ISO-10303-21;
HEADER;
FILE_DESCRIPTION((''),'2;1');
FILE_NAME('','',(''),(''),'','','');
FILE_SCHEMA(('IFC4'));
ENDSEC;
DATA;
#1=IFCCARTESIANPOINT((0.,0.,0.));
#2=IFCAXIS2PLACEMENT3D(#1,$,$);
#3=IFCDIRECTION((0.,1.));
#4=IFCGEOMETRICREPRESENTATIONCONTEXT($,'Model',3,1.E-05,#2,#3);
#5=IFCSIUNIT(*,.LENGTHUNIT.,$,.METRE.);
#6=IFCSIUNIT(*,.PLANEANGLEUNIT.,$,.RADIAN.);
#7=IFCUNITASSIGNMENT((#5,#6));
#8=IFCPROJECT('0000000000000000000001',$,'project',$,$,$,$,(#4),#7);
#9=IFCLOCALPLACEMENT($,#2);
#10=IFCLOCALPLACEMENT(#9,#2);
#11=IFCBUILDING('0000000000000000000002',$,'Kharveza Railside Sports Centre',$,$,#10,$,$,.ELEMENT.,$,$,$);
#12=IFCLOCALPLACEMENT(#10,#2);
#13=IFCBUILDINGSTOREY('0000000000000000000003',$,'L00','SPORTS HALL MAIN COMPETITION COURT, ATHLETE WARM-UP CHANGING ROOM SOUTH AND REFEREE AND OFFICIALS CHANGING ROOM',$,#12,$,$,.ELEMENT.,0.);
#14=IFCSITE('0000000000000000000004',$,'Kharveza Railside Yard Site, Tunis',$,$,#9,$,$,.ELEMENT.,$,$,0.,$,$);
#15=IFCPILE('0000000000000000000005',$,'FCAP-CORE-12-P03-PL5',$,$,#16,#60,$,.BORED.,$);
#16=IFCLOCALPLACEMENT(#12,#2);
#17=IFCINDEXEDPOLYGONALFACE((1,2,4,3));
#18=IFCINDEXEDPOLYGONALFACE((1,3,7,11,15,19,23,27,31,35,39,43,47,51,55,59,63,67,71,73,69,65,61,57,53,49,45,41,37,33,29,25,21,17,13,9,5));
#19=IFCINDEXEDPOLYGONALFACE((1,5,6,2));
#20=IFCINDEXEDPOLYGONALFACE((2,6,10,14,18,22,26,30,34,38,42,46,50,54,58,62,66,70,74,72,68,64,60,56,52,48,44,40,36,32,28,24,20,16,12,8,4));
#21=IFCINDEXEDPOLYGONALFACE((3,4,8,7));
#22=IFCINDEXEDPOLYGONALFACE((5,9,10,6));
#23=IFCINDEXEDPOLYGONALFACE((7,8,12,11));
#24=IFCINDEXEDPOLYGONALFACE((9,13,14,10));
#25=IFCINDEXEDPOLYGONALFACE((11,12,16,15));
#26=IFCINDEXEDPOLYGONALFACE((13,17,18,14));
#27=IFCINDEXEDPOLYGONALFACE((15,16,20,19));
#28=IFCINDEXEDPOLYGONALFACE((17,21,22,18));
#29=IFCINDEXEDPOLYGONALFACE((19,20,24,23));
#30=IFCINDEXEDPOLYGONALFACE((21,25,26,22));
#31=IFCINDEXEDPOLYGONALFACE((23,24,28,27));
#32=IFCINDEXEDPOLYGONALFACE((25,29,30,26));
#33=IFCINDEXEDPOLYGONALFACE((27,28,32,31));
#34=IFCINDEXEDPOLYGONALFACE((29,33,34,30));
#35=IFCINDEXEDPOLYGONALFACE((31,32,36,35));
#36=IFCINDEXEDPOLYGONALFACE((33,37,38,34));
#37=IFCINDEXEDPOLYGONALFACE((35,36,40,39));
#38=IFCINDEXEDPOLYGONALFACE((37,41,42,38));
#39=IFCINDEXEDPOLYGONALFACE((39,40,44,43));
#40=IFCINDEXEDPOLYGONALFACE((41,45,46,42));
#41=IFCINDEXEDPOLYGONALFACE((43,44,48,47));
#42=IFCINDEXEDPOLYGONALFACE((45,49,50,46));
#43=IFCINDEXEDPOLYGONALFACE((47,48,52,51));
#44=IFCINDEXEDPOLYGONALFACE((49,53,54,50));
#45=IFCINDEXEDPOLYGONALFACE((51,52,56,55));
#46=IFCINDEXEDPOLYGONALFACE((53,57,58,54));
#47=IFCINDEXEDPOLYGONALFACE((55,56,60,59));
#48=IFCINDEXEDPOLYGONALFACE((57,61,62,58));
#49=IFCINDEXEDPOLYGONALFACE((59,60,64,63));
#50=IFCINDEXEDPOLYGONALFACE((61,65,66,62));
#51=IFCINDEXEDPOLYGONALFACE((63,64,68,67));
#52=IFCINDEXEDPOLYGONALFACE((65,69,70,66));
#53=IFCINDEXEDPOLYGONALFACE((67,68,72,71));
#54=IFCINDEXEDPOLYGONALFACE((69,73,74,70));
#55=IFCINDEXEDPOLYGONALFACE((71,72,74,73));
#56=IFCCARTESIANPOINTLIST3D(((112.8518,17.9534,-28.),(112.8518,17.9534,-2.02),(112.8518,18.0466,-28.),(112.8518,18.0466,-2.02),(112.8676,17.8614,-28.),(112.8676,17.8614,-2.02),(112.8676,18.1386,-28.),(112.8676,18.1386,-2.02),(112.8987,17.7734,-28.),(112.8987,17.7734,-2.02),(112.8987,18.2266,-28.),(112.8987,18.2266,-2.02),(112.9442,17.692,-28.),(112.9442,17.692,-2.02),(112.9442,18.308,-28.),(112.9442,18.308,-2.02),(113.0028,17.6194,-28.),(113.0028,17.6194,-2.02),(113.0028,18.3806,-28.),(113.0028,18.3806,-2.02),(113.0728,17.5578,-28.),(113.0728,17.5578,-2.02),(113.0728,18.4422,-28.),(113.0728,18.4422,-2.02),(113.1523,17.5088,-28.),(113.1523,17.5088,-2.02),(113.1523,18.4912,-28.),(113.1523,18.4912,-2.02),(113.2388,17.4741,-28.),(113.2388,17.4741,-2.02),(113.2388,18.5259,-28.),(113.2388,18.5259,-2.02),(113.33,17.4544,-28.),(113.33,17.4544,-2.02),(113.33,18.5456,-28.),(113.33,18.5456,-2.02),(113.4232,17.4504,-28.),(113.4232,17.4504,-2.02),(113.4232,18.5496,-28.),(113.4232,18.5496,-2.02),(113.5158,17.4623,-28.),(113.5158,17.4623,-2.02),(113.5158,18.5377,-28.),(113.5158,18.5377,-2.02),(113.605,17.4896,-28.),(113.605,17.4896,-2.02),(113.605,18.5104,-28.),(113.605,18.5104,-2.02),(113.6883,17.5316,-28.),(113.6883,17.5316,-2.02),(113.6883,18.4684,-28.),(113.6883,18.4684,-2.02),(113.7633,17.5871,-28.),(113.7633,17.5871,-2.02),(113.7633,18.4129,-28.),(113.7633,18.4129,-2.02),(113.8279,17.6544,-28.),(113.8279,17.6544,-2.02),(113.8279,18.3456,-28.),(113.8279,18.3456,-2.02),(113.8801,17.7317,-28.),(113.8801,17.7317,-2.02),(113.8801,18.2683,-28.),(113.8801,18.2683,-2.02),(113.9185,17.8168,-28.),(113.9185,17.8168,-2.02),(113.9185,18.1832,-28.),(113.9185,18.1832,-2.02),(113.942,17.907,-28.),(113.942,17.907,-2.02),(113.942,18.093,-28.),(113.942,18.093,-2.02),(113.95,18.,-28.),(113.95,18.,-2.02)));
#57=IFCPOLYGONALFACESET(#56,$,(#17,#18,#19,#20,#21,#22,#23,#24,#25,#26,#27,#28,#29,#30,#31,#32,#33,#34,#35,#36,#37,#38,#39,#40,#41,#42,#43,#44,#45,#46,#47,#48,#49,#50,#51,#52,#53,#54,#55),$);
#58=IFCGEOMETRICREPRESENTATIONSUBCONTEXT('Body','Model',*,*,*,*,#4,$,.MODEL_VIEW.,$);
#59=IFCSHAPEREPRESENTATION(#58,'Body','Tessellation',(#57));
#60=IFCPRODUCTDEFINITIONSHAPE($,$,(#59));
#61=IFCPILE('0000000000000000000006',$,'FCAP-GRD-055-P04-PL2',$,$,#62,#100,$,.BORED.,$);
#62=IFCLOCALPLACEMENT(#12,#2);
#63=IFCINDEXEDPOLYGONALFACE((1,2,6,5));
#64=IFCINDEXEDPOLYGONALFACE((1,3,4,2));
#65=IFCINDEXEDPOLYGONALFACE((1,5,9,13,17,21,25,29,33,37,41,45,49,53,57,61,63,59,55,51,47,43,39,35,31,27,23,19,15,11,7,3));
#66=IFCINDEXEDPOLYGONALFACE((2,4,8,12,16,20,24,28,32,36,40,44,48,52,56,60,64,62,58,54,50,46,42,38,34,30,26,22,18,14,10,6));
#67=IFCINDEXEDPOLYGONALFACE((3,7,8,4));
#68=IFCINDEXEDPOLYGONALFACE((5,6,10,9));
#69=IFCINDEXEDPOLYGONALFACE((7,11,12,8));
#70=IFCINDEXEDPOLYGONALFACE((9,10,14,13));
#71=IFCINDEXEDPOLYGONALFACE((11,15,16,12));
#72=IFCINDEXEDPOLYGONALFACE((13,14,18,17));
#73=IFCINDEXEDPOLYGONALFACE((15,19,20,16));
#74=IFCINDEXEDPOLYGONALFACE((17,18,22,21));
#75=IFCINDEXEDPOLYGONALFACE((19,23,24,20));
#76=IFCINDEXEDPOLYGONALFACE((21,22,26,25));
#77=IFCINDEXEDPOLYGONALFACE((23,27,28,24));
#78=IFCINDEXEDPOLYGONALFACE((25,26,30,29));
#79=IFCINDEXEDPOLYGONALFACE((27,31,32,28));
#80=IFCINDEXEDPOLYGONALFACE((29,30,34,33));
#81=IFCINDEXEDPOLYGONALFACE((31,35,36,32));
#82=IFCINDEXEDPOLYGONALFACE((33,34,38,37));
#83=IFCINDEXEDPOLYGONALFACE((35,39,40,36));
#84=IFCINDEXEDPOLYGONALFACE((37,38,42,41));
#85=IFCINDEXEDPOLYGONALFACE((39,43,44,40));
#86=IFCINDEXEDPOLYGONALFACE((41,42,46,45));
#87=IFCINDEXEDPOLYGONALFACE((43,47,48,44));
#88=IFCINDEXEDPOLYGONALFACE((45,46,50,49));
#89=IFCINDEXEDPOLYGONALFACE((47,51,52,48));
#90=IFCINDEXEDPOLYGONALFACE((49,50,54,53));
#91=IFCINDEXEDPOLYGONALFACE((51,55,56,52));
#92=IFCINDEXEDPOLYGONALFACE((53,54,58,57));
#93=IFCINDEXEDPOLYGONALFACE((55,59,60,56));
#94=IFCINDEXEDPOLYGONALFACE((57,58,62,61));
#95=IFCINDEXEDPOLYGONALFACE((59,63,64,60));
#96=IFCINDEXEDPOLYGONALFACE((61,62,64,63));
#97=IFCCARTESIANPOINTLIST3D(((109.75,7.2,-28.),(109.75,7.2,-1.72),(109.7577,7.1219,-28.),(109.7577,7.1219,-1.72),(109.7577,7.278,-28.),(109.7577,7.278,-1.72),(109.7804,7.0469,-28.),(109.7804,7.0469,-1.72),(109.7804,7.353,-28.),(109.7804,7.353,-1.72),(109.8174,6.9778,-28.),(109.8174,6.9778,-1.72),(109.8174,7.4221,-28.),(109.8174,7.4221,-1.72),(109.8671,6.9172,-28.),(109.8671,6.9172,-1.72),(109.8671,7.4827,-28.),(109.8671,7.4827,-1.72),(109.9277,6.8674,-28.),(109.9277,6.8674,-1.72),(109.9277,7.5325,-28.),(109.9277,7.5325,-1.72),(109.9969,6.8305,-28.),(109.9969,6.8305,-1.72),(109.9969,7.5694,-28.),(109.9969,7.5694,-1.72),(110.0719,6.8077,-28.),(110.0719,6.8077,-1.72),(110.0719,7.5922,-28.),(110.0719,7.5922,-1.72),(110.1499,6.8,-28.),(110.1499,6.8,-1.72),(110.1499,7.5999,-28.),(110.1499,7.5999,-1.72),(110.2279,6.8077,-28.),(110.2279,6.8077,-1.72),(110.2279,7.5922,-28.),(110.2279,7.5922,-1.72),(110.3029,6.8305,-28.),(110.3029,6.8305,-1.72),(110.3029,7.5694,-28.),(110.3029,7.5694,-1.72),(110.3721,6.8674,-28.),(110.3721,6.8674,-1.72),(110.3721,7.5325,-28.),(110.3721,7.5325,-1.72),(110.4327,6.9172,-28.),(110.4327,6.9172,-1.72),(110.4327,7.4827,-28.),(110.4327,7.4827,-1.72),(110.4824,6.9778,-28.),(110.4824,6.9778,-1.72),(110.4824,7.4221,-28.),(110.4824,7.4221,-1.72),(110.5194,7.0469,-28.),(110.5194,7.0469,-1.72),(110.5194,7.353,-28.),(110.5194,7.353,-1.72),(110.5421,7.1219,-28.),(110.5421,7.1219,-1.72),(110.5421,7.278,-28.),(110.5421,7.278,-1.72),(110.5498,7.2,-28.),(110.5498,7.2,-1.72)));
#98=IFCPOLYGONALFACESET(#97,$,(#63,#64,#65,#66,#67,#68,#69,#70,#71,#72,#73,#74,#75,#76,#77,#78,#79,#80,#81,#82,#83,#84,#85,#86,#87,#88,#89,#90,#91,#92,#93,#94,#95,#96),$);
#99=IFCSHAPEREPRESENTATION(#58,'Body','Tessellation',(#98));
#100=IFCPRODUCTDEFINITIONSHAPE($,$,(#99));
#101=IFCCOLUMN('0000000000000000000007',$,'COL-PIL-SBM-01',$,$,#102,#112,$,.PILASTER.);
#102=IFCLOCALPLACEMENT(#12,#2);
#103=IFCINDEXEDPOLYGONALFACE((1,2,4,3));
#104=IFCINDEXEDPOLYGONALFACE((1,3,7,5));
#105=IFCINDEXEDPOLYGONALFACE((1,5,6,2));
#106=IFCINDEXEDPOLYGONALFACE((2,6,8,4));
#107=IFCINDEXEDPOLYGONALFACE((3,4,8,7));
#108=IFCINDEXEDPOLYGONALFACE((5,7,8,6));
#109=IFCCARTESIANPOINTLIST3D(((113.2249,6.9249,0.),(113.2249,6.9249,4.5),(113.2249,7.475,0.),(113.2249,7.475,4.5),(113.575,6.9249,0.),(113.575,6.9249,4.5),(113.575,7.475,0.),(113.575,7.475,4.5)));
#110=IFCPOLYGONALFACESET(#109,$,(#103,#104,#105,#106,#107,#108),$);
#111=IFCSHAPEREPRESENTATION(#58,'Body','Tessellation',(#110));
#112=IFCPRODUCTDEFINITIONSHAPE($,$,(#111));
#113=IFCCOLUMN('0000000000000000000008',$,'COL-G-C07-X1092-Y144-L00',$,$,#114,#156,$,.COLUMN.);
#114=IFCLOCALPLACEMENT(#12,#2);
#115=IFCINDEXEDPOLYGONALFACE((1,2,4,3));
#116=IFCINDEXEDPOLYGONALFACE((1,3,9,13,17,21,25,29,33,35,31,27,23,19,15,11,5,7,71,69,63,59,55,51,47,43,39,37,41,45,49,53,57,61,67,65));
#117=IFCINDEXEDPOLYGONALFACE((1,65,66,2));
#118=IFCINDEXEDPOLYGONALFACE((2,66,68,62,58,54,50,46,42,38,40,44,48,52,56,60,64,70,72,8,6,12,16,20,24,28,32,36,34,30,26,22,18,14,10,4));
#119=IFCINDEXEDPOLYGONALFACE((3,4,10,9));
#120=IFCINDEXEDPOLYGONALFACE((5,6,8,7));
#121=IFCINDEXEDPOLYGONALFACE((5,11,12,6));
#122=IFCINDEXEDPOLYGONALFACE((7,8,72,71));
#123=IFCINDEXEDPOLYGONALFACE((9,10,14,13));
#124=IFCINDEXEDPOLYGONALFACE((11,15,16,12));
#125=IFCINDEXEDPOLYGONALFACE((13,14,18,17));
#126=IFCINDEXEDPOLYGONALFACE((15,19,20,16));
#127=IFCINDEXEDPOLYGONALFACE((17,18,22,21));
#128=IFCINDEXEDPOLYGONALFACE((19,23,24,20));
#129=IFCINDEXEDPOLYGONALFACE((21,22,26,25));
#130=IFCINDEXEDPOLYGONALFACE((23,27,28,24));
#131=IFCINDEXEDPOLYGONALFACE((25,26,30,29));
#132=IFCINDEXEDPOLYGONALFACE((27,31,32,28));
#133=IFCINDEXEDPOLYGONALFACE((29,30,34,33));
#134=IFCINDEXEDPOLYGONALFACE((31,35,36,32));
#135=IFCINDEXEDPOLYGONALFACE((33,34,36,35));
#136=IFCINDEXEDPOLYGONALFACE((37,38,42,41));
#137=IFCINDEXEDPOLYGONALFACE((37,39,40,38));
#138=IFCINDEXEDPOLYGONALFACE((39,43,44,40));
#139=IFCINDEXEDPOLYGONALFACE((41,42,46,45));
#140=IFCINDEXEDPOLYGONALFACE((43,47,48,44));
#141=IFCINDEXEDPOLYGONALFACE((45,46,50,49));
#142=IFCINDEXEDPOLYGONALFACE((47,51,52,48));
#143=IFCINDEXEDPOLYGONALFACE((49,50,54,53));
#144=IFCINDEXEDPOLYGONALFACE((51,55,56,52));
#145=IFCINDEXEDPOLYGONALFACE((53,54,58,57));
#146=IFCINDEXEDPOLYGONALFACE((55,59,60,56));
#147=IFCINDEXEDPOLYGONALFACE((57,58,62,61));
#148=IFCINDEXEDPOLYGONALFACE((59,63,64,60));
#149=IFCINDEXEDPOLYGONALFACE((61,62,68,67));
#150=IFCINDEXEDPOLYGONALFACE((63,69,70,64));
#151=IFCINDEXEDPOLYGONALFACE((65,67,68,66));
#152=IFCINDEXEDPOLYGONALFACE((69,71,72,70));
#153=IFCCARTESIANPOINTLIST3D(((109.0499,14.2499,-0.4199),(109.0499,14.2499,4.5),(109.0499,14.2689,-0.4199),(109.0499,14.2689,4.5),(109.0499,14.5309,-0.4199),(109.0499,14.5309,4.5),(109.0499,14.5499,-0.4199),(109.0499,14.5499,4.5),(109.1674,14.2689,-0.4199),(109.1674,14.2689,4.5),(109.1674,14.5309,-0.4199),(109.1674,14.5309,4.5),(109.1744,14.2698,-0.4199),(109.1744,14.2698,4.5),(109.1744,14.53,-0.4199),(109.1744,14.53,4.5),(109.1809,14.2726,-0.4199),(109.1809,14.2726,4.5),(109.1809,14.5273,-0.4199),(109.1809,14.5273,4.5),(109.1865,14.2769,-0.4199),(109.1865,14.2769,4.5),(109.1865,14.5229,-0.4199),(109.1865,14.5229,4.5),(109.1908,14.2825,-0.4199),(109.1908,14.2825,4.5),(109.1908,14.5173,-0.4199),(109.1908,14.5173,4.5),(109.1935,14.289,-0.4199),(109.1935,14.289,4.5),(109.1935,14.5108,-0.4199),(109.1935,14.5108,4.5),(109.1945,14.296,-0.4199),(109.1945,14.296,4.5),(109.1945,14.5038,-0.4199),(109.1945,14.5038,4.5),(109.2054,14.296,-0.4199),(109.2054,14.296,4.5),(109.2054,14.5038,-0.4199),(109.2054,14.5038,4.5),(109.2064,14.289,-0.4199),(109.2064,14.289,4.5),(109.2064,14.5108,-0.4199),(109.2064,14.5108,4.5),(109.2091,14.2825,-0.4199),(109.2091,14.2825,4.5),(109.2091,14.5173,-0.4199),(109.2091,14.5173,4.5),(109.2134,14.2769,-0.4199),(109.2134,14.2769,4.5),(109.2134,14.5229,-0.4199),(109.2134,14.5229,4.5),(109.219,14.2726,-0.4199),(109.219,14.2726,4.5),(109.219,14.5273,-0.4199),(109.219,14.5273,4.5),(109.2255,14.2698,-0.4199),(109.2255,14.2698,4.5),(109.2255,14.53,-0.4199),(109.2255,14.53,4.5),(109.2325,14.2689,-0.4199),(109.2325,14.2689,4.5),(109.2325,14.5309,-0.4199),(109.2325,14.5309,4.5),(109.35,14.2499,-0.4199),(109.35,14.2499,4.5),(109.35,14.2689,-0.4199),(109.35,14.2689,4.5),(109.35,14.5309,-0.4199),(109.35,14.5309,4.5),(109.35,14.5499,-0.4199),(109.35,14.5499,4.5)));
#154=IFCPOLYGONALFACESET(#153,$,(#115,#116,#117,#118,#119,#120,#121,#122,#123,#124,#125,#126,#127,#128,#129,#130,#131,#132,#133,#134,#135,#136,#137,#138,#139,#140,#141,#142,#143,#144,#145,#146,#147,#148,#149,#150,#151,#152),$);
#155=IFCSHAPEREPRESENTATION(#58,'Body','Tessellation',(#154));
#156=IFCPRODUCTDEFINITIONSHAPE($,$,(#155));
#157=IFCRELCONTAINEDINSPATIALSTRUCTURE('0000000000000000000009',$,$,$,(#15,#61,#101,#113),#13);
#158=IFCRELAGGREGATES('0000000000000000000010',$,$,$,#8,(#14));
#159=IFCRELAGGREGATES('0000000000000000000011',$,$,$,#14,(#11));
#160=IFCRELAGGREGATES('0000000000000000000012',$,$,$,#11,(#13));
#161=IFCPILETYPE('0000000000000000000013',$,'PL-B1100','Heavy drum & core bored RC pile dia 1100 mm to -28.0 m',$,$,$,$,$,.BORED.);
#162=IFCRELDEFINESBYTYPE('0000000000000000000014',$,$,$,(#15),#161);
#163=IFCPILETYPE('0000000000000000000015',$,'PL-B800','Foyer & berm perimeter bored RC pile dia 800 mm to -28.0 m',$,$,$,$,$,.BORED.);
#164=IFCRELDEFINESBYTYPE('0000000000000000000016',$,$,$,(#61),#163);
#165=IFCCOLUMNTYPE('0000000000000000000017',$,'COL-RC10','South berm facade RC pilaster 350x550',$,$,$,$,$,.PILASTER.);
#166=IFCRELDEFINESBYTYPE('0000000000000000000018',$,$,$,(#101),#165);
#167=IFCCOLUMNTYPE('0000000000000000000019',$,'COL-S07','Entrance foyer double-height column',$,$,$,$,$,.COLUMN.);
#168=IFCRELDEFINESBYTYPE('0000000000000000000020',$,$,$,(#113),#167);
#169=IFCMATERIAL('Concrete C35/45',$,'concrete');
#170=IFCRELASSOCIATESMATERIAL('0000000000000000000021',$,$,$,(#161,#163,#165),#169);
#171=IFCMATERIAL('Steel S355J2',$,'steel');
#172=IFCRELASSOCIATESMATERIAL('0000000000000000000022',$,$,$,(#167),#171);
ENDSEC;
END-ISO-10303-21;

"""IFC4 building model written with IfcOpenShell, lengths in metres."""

from ifc_helpers import new_model, si_unit, direction, frame, origin, origin_2d, place, context, subcontext, project, spatial, rectangle, circle, i_section, extrude, material, material_profile, profile_set, type_object, element, save


model = new_model("IFC4")

# Units and contexts
model_context = context("Model", 3, precision=1e-05, world=origin(), true_north=direction((0.0, 1.0)))
body_context = subcontext(model_context, "Body", "Model", "MODEL_VIEW")
ifc_project = project(units=[si_unit("LENGTHUNIT", "METRE"), si_unit("PLANEANGLEUNIT", "RADIAN")], contexts=[model_context])

# Site, building, storey
site_placement = place(None, origin())
site = spatial("IfcSite", under=ifc_project, at=site_placement, Name="Kharveza Railside Yard Site, Tunis", CompositionType="ELEMENT", RefElevation=0.0)
building_placement = place(site_placement, origin())
building = spatial("IfcBuilding", under=site, at=building_placement, Name="Kharveza Railside Sports Centre", CompositionType="ELEMENT")
storey_placement = place(building_placement, origin())
storey = spatial("IfcBuildingStorey", under=building, at=storey_placement, Name="L00", Description="SPORTS HALL MAIN COMPETITION COURT, ATHLETE WARM-UP CHANGING ROOM SOUTH AND REFEREE AND OFFICIALS CHANGING ROOM", CompositionType="ELEMENT", Elevation=0.0)

# Shared definitions
ifc_material_1 = material(Name="Concrete C35/45", Category="concrete")

# Piles
ifc_material_profile_1 = material_profile(ifc_material_1, circle(Radius=0.55, at=origin_2d()), Name="PILE D1100")
ifc_profile_set_1 = profile_set([ifc_material_profile_1], Name="Concrete C35/45")
pile_type_1 = type_object("IfcPileType", Name="PL-B1100", Description="Heavy drum & core bored RC pile dia 1100 mm to -28.0 m", PredefinedType="BORED", material=ifc_profile_set_1)
for number, where, z_axis, x_axis, name in (
    (1, (113.3999, 18.0, -2.02), (0.0, 0.0, -1.0), (1.0, 0.0, 0.0), "FCAP-CORE-12-P03-PL5"),
):
    element("IfcPile", number, at=place(storey_placement, frame(where, z_axis=z_axis, x_axis=x_axis)), inside=storey, type_object=pile_type_1, Name=name, PredefinedType="BORED", context=body_context, shape_type="SweptSolid", body=[
        extrude(circle(Radius=0.55, at=origin_2d()), origin(), (0.0, 0.0, 1.0), 25.98),
    ])
ifc_material_profile_2 = material_profile(ifc_material_1, circle(Radius=0.3999, at=origin_2d()), Name="PILE D800")
ifc_profile_set_2 = profile_set([ifc_material_profile_2], Name="Concrete C35/45")
pile_type_2 = type_object("IfcPileType", Name="PL-B800", Description="Foyer & berm perimeter bored RC pile dia 800 mm to -28.0 m", PredefinedType="BORED", material=ifc_profile_set_2)
pile_placement = place(storey_placement, frame((110.1499, 7.2, -1.72), z_axis=(0.0, 0.0, -1.0), x_axis=(1.0, 0.0, 0.0)))
element("IfcPile", 2, at=pile_placement, inside=storey, type_object=pile_type_2, Name="FCAP-GRD-055-P04-PL2", PredefinedType="BORED", context=body_context, shape_type="SweptSolid", body=[
    extrude(circle(Radius=0.3999, at=origin_2d()), origin(), (0.0, 0.0, 1.0), 26.28),
])

# Columns
ifc_material_profile_3 = material_profile(ifc_material_1, rectangle(XDim=0.3501, YDim=0.55, at=origin_2d()), Name="RC 350x550")
ifc_profile_set_3 = profile_set([ifc_material_profile_3], Name="Concrete C35/45")
column_type_1 = type_object("IfcColumnType", Name="COL-RC10", Description="South berm facade RC pilaster 350x550", PredefinedType="PILASTER", material=ifc_profile_set_3)
column_1_placement = place(storey_placement, frame((113.3999, 7.2, 0.0), z_axis=(0.0, 0.0, 1.0), x_axis=(1.0, 0.0, 0.0)))
element("IfcColumn", 3, at=column_1_placement, inside=storey, type_object=column_type_1, Name="COL-PIL-SBM-01", PredefinedType="PILASTER", context=body_context, shape_type="SweptSolid", body=[
    extrude(rectangle(XDim=0.3501, YDim=0.55, at=origin_2d()), origin(), (0.0, 0.0, 1.0), 4.5),
])
ifc_material_2 = material(Name="Steel S355J2", Category="steel")
ifc_material_profile_4 = material_profile(ifc_material_2, i_section(OverallWidth=0.3, OverallDepth=0.3, WebThickness=0.011, FlangeThickness=0.019, FilletRadius=0.0271, at=origin_2d()), Name="HEB 300")
ifc_profile_set_4 = profile_set([ifc_material_profile_4], Name="Steel S355J2")
column_type_2 = type_object("IfcColumnType", Name="COL-S07", Description="Entrance foyer double-height column", PredefinedType="COLUMN", material=ifc_profile_set_4)
column_2_placement = place(storey_placement, frame((109.2, 14.3999, -0.4199), z_axis=(0.0, 0.0, 1.0), x_axis=(1.0, 0.0, 0.0)))
element("IfcColumn", 4, at=column_2_placement, inside=storey, type_object=column_type_2, Name="COL-G-C07-X1092-Y144-L00", PredefinedType="COLUMN", context=body_context, shape_type="SweptSolid", body=[
    extrude(i_section(OverallWidth=0.3, OverallDepth=0.3, WebThickness=0.011, FlangeThickness=0.019, FilletRadius=0.0271, at=origin_2d()), origin(), (0.0, 0.0, 1.0), 4.9199),
])

save(model, "model.ifc")
